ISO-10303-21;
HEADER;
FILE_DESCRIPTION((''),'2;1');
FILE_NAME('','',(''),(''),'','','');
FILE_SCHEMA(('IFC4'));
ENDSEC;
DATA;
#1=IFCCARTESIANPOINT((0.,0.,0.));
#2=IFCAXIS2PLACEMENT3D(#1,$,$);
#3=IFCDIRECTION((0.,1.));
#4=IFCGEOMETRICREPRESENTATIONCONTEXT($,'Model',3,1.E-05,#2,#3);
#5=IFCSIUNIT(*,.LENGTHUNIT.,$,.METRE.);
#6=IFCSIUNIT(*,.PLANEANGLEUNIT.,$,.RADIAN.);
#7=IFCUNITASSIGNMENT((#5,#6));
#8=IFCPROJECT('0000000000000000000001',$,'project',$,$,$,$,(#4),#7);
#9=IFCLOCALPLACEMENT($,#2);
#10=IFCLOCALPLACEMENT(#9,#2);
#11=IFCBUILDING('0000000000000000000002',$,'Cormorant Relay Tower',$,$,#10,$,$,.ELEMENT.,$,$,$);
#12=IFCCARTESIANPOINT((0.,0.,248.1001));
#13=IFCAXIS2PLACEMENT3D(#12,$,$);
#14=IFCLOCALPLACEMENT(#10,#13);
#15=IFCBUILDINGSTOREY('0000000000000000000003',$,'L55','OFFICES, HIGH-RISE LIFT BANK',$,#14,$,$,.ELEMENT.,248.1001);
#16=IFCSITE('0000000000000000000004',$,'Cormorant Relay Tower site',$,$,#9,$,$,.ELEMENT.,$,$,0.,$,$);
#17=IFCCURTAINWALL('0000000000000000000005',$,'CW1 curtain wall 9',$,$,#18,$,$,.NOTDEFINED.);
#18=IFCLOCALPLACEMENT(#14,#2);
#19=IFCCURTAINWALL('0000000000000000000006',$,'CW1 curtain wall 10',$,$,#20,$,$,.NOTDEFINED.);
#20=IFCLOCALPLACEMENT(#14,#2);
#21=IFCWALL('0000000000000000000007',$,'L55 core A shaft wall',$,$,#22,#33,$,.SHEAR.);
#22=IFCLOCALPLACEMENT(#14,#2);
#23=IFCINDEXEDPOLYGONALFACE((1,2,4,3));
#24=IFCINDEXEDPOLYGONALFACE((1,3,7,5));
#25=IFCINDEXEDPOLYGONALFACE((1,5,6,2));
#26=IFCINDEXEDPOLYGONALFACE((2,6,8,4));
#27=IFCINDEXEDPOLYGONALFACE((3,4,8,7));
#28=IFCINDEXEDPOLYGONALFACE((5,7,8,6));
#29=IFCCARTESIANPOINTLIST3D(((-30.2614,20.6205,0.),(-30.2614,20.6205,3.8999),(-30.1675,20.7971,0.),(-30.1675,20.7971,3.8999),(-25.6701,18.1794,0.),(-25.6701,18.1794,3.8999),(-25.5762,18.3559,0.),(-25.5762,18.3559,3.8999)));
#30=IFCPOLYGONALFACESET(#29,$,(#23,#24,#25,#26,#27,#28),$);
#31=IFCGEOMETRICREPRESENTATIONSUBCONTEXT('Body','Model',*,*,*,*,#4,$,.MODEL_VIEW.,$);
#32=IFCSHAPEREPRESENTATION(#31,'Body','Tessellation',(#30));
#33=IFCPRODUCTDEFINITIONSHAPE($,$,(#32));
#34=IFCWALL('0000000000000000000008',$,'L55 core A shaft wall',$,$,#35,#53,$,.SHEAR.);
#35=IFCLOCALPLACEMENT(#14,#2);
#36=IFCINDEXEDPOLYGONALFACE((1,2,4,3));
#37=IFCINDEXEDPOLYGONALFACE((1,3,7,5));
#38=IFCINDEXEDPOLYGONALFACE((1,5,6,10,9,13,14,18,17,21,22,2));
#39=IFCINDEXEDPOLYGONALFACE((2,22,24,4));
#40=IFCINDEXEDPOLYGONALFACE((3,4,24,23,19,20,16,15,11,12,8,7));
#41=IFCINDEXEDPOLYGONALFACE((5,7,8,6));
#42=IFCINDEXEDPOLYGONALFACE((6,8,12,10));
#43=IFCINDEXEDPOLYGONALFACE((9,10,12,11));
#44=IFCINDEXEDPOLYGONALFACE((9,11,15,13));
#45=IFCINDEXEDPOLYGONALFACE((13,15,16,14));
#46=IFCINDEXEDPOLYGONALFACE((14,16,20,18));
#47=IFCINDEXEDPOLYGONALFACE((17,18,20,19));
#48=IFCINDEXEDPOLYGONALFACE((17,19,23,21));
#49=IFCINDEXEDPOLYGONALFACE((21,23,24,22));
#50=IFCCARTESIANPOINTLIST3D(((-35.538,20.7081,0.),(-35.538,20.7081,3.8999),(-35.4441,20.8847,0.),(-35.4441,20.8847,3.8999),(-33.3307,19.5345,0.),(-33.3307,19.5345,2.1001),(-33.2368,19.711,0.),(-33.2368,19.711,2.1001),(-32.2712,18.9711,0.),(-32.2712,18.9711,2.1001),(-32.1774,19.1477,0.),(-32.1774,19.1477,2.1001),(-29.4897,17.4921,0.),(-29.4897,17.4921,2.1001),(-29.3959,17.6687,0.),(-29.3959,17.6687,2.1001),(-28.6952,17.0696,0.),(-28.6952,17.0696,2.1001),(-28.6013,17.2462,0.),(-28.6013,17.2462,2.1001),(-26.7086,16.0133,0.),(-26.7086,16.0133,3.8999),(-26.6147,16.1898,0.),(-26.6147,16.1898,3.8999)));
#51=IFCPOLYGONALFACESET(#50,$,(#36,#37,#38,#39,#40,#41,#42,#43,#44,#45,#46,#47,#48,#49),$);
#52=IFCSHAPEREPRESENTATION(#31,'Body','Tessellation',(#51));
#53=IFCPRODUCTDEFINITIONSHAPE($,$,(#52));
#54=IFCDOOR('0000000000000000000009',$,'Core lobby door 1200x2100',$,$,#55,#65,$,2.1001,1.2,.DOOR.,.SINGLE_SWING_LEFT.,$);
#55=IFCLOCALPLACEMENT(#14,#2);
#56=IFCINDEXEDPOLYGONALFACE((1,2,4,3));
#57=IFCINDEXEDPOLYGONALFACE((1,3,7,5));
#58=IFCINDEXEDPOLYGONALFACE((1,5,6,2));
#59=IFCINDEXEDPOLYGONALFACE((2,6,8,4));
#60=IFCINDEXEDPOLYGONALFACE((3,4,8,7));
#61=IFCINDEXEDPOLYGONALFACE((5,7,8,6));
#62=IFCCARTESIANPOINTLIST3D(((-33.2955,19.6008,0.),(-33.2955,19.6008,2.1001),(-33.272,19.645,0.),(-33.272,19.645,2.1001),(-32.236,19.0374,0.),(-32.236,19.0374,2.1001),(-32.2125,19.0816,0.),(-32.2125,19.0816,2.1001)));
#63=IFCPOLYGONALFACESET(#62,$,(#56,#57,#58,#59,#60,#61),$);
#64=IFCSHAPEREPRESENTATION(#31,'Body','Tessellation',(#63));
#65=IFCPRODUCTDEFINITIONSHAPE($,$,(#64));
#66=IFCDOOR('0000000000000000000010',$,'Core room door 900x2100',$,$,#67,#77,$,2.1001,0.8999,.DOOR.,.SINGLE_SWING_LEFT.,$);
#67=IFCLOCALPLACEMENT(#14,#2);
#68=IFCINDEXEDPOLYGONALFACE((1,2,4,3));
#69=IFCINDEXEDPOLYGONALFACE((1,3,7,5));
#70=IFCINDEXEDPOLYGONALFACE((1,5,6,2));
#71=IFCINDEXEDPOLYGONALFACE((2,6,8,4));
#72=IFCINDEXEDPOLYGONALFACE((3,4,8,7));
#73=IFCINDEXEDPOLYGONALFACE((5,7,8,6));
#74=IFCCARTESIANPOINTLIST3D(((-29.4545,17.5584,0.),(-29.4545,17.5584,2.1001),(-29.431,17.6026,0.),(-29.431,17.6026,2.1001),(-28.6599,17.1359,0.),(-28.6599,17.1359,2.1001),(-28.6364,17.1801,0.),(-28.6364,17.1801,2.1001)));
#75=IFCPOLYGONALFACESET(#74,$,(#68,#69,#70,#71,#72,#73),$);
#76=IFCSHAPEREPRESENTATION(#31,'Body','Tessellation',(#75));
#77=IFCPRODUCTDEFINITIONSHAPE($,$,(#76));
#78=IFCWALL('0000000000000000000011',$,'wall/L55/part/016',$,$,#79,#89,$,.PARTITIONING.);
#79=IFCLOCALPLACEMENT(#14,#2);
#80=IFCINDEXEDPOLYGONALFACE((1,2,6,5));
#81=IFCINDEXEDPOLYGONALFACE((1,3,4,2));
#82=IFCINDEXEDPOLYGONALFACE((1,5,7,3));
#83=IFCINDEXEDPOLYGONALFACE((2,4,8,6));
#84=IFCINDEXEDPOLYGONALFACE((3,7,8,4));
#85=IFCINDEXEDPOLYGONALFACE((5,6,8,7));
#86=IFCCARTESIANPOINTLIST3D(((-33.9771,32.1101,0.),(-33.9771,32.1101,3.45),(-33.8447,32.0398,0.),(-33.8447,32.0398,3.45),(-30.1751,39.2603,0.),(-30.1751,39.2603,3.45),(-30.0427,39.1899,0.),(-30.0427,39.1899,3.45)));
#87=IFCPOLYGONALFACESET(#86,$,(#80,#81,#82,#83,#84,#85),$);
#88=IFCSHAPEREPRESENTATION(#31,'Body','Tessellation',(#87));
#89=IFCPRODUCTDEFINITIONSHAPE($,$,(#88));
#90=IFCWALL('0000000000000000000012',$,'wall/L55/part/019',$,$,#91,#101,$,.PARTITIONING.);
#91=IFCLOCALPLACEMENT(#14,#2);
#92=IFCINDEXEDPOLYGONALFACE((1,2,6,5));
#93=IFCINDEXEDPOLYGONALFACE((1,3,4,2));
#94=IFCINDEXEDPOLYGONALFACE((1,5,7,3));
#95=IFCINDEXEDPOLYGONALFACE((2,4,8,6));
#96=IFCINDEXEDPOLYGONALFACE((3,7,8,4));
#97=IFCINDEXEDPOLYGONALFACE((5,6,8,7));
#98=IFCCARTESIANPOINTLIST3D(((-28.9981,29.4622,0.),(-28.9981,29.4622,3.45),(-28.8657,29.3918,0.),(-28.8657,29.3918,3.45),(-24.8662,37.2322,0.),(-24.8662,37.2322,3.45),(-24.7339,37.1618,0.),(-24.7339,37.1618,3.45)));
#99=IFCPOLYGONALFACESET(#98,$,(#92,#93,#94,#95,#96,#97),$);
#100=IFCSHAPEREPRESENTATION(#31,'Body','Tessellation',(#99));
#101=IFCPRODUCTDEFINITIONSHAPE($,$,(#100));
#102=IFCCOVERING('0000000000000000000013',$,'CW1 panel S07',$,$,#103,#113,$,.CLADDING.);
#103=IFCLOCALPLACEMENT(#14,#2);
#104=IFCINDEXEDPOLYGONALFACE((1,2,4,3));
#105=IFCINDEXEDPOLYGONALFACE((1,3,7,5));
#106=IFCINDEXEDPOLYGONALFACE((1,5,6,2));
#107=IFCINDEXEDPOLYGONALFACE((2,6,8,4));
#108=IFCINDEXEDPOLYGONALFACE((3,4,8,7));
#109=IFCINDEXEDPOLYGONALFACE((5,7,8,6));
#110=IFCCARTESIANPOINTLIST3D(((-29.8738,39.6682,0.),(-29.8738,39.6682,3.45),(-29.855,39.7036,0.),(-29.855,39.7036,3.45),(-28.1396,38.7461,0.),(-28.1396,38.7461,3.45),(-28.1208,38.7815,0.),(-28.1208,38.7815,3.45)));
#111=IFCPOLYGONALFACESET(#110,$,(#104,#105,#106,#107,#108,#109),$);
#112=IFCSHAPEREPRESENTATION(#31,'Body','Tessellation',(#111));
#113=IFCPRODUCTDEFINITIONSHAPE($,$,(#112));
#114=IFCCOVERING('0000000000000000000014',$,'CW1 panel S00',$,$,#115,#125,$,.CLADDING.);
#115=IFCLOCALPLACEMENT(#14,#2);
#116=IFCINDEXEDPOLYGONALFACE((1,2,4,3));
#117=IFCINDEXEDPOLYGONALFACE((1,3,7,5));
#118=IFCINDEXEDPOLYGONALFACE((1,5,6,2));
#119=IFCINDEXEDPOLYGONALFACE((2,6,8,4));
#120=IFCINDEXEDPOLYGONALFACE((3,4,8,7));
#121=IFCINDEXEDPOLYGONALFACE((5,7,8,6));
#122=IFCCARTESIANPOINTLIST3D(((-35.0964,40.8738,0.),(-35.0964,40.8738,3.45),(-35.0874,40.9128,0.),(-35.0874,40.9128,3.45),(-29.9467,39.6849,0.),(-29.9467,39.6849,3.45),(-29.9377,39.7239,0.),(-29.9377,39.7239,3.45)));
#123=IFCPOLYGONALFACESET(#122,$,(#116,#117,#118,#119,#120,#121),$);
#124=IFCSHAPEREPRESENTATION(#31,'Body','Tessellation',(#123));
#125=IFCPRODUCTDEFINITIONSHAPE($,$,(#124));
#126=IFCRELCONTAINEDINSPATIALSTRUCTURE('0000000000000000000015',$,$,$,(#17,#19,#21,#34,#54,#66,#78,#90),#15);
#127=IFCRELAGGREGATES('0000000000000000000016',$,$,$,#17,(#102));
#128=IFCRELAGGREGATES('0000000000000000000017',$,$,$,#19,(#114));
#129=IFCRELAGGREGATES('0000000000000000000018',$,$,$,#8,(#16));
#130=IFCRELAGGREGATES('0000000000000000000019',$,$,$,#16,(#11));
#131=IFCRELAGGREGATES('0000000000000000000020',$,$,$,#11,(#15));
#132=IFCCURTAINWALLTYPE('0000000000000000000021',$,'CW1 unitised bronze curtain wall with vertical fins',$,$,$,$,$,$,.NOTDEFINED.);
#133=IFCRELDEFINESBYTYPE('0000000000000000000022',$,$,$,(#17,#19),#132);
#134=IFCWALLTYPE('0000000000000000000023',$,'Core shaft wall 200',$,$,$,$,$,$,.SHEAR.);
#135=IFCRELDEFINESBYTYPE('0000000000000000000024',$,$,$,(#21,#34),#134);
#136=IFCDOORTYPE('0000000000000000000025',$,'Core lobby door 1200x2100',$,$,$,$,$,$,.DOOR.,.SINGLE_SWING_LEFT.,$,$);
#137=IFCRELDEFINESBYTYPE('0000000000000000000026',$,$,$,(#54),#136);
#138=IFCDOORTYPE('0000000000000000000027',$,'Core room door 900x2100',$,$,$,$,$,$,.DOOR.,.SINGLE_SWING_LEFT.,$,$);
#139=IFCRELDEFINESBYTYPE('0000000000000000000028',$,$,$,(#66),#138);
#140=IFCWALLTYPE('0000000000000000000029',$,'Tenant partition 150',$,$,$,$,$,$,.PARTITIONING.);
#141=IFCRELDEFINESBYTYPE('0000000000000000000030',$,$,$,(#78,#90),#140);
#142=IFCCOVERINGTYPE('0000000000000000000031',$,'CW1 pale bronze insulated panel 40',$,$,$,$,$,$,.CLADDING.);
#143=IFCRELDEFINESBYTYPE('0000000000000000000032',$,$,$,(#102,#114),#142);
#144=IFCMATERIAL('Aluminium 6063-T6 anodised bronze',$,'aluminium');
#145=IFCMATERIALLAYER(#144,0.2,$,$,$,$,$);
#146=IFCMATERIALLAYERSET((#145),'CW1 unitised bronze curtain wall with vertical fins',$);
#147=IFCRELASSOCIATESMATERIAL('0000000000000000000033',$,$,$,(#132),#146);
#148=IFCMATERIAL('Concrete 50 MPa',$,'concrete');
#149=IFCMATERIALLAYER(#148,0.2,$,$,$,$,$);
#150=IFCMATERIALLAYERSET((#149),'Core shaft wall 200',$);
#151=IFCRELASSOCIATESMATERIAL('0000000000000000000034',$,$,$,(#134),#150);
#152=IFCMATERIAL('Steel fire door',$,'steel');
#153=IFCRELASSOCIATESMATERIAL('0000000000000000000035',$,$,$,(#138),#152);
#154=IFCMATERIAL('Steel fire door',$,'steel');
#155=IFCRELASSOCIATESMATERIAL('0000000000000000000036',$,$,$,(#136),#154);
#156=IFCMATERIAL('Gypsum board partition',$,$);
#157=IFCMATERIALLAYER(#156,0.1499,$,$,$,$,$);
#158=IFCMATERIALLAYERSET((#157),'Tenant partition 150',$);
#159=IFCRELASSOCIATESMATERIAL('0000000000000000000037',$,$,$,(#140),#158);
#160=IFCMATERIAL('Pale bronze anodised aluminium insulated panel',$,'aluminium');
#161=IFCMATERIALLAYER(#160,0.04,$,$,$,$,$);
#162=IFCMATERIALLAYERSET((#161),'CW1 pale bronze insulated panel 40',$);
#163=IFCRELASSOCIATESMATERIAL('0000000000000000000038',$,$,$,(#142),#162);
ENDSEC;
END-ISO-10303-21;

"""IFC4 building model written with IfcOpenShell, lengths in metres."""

from ifc_helpers import new_model, si_unit, direction, frame, frame_2d, origin, origin_2d, place, context, subcontext, project, spatial, rectangle, extrude, material, layer, layer_set, type_object, element, fill, aggregate, save


model = new_model("IFC4")

# Units and contexts
model_context = context("Model", 3, precision=1e-05, world=origin(), true_north=direction((0.0, 1.0)))
body_context = subcontext(model_context, "Body", "Model", "MODEL_VIEW")
ifc_project = project(units=[si_unit("LENGTHUNIT", "METRE"), si_unit("PLANEANGLEUNIT", "RADIAN")], contexts=[model_context])

# Site, building, storey
site_placement = place(None, origin())
site = spatial("IfcSite", under=ifc_project, at=site_placement, Name="Cormorant Relay Tower site", CompositionType="ELEMENT", RefElevation=0.0)
building_placement = place(site_placement, origin())
building = spatial("IfcBuilding", under=site, at=building_placement, Name="Cormorant Relay Tower", CompositionType="ELEMENT")
storey_placement = place(building_placement, frame((0.0, 0.0, 248.1001)))
storey = spatial("IfcBuildingStorey", under=building, at=storey_placement, Name="L55", Description="OFFICES, HIGH-RISE LIFT BANK", CompositionType="ELEMENT", Elevation=248.1001)

# Curtain wall
ifc_material_1 = material(Name="Aluminium 6063-T6 anodised bronze", Category="aluminium")
ifc_layer_1 = layer(ifc_material_1, 0.2)
ifc_layer_set_1 = layer_set([ifc_layer_1], Name="CW1 unitised bronze curtain wall with vertical fins")
curtain_wall_type = type_object("IfcCurtainWallType", Name="CW1 unitised bronze curtain wall with vertical fins", PredefinedType="NOTDEFINED", material=ifc_layer_set_1)
curtain_wall_1_placement = place(storey_placement, origin())
curtain_wall_1 = element("IfcCurtainWall", 1, at=curtain_wall_1_placement, inside=storey, type_object=curtain_wall_type, Name="CW1 curtain wall 9", PredefinedType="NOTDEFINED")

# Curtain wall
curtain_wall_2_placement = place(storey_placement, origin())
curtain_wall_2 = element("IfcCurtainWall", 2, at=curtain_wall_2_placement, inside=storey, type_object=curtain_wall_type, Name="CW1 curtain wall 10", PredefinedType="NOTDEFINED")

# Shared definitions
ifc_material_2 = material(Name="Concrete 50 MPa", Category="concrete")
ifc_layer_2 = layer(ifc_material_2, 0.2)
ifc_layer_set_2 = layer_set([ifc_layer_2], Name="Core shaft wall 200")
wall_type_1 = type_object("IfcWallType", Name="Core shaft wall 200", PredefinedType="SHEAR", material=ifc_layer_set_2)

# Shared definitions
ifc_material_3 = material(Name="Steel fire door", Category="steel")
door_type_1 = type_object("IfcDoorType", Name="Core room door 900x2100", OperationType="SINGLE_SWING_LEFT", PredefinedType="DOOR", material=ifc_material_3)

# Wall
wall_1_placement = place(storey_placement, frame((-25.623, 18.2676, 0.0), z_axis=(0.0, 0.0, 1.0), x_axis=(-0.882954, 0.46946, 0.0)))
element("IfcWall", 3, at=wall_1_placement, inside=storey, type_object=wall_type_1, Name="L55 core A shaft wall", PredefinedType="SHEAR", context=body_context, shape_type="SweptSolid", body=[
    extrude(rectangle(XDim=5.2, YDim=0.2, at=frame_2d((2.6001, 0.0))), origin(), (0.0, 0.0, 1.0), 3.8999),
])

# Wall, openings, doors
wall_2_placement = place(storey_placement, frame((-26.6616, 16.1016, 0.0), z_axis=(0.0, 0.0, 1.0), x_axis=(-0.88294, 0.469485, 0.0)))
wall_2 = element("IfcWall", 4, at=wall_2_placement, inside=storey, type_object=wall_type_1, Name="L55 core A shaft wall", PredefinedType="SHEAR", context=body_context, shape_type="SweptSolid", body=[
    extrude(rectangle(XDim=10.0, YDim=0.2, at=frame_2d((5.0, 0.0))), origin(), (0.0, 0.0, 1.0), 3.8999),
])
opening_1_placement = place(wall_2_placement, frame((6.3, 0.0, 0.0)))
opening_1 = element("IfcOpeningElement", 5, at=opening_1_placement, cuts=wall_2, PredefinedType="OPENING", context=body_context, shape_type="SweptSolid", body=[
    extrude(rectangle(XDim=1.2, YDim=2.1001, at=frame_2d((0.6001, 1.05))), frame((0.0, 0.1099, 0.0), z_axis=(0.0, -1.0, 0.0), x_axis=(1.0, 0.0, 0.0)), (0.0, 0.0, 1.0), 0.22),
])
opening_2_placement = place(wall_2_placement, frame((2.25, 0.0, 0.0)))
opening_2 = element("IfcOpeningElement", 6, at=opening_2_placement, cuts=wall_2, PredefinedType="OPENING", context=body_context, shape_type="SweptSolid", body=[
    extrude(rectangle(XDim=0.8999, YDim=2.1001, at=frame_2d((0.45, 1.05))), frame((0.0, 0.1099, 0.0), z_axis=(0.0, -1.0, 0.0), x_axis=(1.0, 0.0, 0.0)), (0.0, 0.0, 1.0), 0.22),
])
ifc_material_4 = material(Name="Steel fire door", Category="steel")
door_type_2 = type_object("IfcDoorType", Name="Core lobby door 1200x2100", OperationType="SINGLE_SWING_LEFT", PredefinedType="DOOR", material=ifc_material_4)
door_1_placement = place(opening_1_placement, origin())
door_1 = element("IfcDoor", 7, at=door_1_placement, inside=storey, type_object=door_type_2, Name="Core lobby door 1200x2100", OperationType="SINGLE_SWING_LEFT", OverallHeight=2.1001, OverallWidth=1.2, PredefinedType="DOOR", context=body_context, shape_type="SweptSolid", body=[
    extrude(rectangle(XDim=1.2, YDim=2.1001, at=frame_2d((0.6001, 1.05))), frame((0.0, 0.0249, 0.0), z_axis=(0.0, -1.0, 0.0), x_axis=(1.0, 0.0, 0.0)), (0.0, 0.0, 1.0), 0.05),
])
fill(opening_1, door_1)
door_2_placement = place(opening_2_placement, origin())
door_2 = element("IfcDoor", 8, at=door_2_placement, inside=storey, type_object=door_type_1, Name="Core room door 900x2100", OperationType="SINGLE_SWING_LEFT", OverallHeight=2.1001, OverallWidth=0.8999, PredefinedType="DOOR", context=body_context, shape_type="SweptSolid", body=[
    extrude(rectangle(XDim=0.8999, YDim=2.1001, at=frame_2d((0.45, 1.05))), frame((0.0, 0.0249, 0.0), z_axis=(0.0, -1.0, 0.0), x_axis=(1.0, 0.0, 0.0)), (0.0, 0.0, 1.0), 0.05),
])
fill(opening_2, door_2)

# Walls
ifc_material_5 = material(Name="Gypsum board partition")
ifc_layer_3 = layer(ifc_material_5, 0.1499)
ifc_layer_set_3 = layer_set([ifc_layer_3], Name="Tenant partition 150")
wall_type_2 = type_object("IfcWallType", Name="Tenant partition 150", PredefinedType="PARTITIONING", material=ifc_layer_set_3)
wall_3_placement = place(storey_placement, frame((-30.1089, 39.2251, 0.0), z_axis=(0.0, 0.0, 1.0), x_axis=(-0.469491, -0.882937, 0.0)))
element("IfcWall", 9, at=wall_3_placement, inside=storey, type_object=wall_type_2, Name="wall/L55/part/016", PredefinedType="PARTITIONING", context=body_context, shape_type="SweptSolid", body=[
    extrude(rectangle(XDim=8.0981, YDim=0.1499, at=frame_2d((4.0491, 0.0))), origin(), (0.0, 0.0, 1.0), 3.45),
])
wall_4_placement = place(storey_placement, frame((-24.8, 37.197, 0.0), z_axis=(0.0, 0.0, 1.0), x_axis=(-0.469511, -0.882927, 0.0)))
element("IfcWall", 10, at=wall_4_placement, inside=storey, type_object=wall_type_2, Name="wall/L55/part/019", PredefinedType="PARTITIONING", context=body_context, shape_type="SweptSolid", body=[
    extrude(rectangle(XDim=8.8003, YDim=0.1499, at=frame_2d((4.4001, 0.0))), origin(), (0.0, 0.0, 1.0), 3.45),
])

# Coverings
ifc_material_6 = material(Name="Pale bronze anodised aluminium insulated panel", Category="aluminium")
ifc_layer_4 = layer(ifc_material_6, 0.04)
ifc_layer_set_4 = layer_set([ifc_layer_4], Name="CW1 pale bronze insulated panel 40")
covering_type = type_object("IfcCoveringType", Name="CW1 pale bronze insulated panel 40", PredefinedType="CLADDING", material=ifc_layer_set_4)
covering_1_placement = place(storey_placement, frame((-28.9973, 39.2249, 0.0), z_axis=(0.0, 0.0, 1.0), x_axis=(-0.882948, 0.469472, 0.0)))
covering_1 = element("IfcCovering", 11, at=covering_1_placement, type_object=covering_type, Name="CW1 panel S07", PredefinedType="CLADDING", context=body_context, shape_type="SweptSolid", body=[
    extrude(rectangle(XDim=1.9641, YDim=0.04, at=origin_2d()), origin(), (0.0, 0.0, 1.0), 3.45),
])
aggregate(curtain_wall_1, [covering_1])
covering_2_placement = place(storey_placement, frame((-32.5171, 40.2988, 0.0), z_axis=(0.0, 0.0, 1.0), x_axis=(-0.97437, 0.224951, 0.0)))
covering_2 = element("IfcCovering", 12, at=covering_2_placement, type_object=covering_type, Name="CW1 panel S00", PredefinedType="CLADDING", context=body_context, shape_type="SweptSolid", body=[
    extrude(rectangle(XDim=5.2852, YDim=0.04, at=origin_2d()), origin(), (0.0, 0.0, 1.0), 3.45),
])
aggregate(curtain_wall_2, [covering_2])

save(model, "model.ifc")
